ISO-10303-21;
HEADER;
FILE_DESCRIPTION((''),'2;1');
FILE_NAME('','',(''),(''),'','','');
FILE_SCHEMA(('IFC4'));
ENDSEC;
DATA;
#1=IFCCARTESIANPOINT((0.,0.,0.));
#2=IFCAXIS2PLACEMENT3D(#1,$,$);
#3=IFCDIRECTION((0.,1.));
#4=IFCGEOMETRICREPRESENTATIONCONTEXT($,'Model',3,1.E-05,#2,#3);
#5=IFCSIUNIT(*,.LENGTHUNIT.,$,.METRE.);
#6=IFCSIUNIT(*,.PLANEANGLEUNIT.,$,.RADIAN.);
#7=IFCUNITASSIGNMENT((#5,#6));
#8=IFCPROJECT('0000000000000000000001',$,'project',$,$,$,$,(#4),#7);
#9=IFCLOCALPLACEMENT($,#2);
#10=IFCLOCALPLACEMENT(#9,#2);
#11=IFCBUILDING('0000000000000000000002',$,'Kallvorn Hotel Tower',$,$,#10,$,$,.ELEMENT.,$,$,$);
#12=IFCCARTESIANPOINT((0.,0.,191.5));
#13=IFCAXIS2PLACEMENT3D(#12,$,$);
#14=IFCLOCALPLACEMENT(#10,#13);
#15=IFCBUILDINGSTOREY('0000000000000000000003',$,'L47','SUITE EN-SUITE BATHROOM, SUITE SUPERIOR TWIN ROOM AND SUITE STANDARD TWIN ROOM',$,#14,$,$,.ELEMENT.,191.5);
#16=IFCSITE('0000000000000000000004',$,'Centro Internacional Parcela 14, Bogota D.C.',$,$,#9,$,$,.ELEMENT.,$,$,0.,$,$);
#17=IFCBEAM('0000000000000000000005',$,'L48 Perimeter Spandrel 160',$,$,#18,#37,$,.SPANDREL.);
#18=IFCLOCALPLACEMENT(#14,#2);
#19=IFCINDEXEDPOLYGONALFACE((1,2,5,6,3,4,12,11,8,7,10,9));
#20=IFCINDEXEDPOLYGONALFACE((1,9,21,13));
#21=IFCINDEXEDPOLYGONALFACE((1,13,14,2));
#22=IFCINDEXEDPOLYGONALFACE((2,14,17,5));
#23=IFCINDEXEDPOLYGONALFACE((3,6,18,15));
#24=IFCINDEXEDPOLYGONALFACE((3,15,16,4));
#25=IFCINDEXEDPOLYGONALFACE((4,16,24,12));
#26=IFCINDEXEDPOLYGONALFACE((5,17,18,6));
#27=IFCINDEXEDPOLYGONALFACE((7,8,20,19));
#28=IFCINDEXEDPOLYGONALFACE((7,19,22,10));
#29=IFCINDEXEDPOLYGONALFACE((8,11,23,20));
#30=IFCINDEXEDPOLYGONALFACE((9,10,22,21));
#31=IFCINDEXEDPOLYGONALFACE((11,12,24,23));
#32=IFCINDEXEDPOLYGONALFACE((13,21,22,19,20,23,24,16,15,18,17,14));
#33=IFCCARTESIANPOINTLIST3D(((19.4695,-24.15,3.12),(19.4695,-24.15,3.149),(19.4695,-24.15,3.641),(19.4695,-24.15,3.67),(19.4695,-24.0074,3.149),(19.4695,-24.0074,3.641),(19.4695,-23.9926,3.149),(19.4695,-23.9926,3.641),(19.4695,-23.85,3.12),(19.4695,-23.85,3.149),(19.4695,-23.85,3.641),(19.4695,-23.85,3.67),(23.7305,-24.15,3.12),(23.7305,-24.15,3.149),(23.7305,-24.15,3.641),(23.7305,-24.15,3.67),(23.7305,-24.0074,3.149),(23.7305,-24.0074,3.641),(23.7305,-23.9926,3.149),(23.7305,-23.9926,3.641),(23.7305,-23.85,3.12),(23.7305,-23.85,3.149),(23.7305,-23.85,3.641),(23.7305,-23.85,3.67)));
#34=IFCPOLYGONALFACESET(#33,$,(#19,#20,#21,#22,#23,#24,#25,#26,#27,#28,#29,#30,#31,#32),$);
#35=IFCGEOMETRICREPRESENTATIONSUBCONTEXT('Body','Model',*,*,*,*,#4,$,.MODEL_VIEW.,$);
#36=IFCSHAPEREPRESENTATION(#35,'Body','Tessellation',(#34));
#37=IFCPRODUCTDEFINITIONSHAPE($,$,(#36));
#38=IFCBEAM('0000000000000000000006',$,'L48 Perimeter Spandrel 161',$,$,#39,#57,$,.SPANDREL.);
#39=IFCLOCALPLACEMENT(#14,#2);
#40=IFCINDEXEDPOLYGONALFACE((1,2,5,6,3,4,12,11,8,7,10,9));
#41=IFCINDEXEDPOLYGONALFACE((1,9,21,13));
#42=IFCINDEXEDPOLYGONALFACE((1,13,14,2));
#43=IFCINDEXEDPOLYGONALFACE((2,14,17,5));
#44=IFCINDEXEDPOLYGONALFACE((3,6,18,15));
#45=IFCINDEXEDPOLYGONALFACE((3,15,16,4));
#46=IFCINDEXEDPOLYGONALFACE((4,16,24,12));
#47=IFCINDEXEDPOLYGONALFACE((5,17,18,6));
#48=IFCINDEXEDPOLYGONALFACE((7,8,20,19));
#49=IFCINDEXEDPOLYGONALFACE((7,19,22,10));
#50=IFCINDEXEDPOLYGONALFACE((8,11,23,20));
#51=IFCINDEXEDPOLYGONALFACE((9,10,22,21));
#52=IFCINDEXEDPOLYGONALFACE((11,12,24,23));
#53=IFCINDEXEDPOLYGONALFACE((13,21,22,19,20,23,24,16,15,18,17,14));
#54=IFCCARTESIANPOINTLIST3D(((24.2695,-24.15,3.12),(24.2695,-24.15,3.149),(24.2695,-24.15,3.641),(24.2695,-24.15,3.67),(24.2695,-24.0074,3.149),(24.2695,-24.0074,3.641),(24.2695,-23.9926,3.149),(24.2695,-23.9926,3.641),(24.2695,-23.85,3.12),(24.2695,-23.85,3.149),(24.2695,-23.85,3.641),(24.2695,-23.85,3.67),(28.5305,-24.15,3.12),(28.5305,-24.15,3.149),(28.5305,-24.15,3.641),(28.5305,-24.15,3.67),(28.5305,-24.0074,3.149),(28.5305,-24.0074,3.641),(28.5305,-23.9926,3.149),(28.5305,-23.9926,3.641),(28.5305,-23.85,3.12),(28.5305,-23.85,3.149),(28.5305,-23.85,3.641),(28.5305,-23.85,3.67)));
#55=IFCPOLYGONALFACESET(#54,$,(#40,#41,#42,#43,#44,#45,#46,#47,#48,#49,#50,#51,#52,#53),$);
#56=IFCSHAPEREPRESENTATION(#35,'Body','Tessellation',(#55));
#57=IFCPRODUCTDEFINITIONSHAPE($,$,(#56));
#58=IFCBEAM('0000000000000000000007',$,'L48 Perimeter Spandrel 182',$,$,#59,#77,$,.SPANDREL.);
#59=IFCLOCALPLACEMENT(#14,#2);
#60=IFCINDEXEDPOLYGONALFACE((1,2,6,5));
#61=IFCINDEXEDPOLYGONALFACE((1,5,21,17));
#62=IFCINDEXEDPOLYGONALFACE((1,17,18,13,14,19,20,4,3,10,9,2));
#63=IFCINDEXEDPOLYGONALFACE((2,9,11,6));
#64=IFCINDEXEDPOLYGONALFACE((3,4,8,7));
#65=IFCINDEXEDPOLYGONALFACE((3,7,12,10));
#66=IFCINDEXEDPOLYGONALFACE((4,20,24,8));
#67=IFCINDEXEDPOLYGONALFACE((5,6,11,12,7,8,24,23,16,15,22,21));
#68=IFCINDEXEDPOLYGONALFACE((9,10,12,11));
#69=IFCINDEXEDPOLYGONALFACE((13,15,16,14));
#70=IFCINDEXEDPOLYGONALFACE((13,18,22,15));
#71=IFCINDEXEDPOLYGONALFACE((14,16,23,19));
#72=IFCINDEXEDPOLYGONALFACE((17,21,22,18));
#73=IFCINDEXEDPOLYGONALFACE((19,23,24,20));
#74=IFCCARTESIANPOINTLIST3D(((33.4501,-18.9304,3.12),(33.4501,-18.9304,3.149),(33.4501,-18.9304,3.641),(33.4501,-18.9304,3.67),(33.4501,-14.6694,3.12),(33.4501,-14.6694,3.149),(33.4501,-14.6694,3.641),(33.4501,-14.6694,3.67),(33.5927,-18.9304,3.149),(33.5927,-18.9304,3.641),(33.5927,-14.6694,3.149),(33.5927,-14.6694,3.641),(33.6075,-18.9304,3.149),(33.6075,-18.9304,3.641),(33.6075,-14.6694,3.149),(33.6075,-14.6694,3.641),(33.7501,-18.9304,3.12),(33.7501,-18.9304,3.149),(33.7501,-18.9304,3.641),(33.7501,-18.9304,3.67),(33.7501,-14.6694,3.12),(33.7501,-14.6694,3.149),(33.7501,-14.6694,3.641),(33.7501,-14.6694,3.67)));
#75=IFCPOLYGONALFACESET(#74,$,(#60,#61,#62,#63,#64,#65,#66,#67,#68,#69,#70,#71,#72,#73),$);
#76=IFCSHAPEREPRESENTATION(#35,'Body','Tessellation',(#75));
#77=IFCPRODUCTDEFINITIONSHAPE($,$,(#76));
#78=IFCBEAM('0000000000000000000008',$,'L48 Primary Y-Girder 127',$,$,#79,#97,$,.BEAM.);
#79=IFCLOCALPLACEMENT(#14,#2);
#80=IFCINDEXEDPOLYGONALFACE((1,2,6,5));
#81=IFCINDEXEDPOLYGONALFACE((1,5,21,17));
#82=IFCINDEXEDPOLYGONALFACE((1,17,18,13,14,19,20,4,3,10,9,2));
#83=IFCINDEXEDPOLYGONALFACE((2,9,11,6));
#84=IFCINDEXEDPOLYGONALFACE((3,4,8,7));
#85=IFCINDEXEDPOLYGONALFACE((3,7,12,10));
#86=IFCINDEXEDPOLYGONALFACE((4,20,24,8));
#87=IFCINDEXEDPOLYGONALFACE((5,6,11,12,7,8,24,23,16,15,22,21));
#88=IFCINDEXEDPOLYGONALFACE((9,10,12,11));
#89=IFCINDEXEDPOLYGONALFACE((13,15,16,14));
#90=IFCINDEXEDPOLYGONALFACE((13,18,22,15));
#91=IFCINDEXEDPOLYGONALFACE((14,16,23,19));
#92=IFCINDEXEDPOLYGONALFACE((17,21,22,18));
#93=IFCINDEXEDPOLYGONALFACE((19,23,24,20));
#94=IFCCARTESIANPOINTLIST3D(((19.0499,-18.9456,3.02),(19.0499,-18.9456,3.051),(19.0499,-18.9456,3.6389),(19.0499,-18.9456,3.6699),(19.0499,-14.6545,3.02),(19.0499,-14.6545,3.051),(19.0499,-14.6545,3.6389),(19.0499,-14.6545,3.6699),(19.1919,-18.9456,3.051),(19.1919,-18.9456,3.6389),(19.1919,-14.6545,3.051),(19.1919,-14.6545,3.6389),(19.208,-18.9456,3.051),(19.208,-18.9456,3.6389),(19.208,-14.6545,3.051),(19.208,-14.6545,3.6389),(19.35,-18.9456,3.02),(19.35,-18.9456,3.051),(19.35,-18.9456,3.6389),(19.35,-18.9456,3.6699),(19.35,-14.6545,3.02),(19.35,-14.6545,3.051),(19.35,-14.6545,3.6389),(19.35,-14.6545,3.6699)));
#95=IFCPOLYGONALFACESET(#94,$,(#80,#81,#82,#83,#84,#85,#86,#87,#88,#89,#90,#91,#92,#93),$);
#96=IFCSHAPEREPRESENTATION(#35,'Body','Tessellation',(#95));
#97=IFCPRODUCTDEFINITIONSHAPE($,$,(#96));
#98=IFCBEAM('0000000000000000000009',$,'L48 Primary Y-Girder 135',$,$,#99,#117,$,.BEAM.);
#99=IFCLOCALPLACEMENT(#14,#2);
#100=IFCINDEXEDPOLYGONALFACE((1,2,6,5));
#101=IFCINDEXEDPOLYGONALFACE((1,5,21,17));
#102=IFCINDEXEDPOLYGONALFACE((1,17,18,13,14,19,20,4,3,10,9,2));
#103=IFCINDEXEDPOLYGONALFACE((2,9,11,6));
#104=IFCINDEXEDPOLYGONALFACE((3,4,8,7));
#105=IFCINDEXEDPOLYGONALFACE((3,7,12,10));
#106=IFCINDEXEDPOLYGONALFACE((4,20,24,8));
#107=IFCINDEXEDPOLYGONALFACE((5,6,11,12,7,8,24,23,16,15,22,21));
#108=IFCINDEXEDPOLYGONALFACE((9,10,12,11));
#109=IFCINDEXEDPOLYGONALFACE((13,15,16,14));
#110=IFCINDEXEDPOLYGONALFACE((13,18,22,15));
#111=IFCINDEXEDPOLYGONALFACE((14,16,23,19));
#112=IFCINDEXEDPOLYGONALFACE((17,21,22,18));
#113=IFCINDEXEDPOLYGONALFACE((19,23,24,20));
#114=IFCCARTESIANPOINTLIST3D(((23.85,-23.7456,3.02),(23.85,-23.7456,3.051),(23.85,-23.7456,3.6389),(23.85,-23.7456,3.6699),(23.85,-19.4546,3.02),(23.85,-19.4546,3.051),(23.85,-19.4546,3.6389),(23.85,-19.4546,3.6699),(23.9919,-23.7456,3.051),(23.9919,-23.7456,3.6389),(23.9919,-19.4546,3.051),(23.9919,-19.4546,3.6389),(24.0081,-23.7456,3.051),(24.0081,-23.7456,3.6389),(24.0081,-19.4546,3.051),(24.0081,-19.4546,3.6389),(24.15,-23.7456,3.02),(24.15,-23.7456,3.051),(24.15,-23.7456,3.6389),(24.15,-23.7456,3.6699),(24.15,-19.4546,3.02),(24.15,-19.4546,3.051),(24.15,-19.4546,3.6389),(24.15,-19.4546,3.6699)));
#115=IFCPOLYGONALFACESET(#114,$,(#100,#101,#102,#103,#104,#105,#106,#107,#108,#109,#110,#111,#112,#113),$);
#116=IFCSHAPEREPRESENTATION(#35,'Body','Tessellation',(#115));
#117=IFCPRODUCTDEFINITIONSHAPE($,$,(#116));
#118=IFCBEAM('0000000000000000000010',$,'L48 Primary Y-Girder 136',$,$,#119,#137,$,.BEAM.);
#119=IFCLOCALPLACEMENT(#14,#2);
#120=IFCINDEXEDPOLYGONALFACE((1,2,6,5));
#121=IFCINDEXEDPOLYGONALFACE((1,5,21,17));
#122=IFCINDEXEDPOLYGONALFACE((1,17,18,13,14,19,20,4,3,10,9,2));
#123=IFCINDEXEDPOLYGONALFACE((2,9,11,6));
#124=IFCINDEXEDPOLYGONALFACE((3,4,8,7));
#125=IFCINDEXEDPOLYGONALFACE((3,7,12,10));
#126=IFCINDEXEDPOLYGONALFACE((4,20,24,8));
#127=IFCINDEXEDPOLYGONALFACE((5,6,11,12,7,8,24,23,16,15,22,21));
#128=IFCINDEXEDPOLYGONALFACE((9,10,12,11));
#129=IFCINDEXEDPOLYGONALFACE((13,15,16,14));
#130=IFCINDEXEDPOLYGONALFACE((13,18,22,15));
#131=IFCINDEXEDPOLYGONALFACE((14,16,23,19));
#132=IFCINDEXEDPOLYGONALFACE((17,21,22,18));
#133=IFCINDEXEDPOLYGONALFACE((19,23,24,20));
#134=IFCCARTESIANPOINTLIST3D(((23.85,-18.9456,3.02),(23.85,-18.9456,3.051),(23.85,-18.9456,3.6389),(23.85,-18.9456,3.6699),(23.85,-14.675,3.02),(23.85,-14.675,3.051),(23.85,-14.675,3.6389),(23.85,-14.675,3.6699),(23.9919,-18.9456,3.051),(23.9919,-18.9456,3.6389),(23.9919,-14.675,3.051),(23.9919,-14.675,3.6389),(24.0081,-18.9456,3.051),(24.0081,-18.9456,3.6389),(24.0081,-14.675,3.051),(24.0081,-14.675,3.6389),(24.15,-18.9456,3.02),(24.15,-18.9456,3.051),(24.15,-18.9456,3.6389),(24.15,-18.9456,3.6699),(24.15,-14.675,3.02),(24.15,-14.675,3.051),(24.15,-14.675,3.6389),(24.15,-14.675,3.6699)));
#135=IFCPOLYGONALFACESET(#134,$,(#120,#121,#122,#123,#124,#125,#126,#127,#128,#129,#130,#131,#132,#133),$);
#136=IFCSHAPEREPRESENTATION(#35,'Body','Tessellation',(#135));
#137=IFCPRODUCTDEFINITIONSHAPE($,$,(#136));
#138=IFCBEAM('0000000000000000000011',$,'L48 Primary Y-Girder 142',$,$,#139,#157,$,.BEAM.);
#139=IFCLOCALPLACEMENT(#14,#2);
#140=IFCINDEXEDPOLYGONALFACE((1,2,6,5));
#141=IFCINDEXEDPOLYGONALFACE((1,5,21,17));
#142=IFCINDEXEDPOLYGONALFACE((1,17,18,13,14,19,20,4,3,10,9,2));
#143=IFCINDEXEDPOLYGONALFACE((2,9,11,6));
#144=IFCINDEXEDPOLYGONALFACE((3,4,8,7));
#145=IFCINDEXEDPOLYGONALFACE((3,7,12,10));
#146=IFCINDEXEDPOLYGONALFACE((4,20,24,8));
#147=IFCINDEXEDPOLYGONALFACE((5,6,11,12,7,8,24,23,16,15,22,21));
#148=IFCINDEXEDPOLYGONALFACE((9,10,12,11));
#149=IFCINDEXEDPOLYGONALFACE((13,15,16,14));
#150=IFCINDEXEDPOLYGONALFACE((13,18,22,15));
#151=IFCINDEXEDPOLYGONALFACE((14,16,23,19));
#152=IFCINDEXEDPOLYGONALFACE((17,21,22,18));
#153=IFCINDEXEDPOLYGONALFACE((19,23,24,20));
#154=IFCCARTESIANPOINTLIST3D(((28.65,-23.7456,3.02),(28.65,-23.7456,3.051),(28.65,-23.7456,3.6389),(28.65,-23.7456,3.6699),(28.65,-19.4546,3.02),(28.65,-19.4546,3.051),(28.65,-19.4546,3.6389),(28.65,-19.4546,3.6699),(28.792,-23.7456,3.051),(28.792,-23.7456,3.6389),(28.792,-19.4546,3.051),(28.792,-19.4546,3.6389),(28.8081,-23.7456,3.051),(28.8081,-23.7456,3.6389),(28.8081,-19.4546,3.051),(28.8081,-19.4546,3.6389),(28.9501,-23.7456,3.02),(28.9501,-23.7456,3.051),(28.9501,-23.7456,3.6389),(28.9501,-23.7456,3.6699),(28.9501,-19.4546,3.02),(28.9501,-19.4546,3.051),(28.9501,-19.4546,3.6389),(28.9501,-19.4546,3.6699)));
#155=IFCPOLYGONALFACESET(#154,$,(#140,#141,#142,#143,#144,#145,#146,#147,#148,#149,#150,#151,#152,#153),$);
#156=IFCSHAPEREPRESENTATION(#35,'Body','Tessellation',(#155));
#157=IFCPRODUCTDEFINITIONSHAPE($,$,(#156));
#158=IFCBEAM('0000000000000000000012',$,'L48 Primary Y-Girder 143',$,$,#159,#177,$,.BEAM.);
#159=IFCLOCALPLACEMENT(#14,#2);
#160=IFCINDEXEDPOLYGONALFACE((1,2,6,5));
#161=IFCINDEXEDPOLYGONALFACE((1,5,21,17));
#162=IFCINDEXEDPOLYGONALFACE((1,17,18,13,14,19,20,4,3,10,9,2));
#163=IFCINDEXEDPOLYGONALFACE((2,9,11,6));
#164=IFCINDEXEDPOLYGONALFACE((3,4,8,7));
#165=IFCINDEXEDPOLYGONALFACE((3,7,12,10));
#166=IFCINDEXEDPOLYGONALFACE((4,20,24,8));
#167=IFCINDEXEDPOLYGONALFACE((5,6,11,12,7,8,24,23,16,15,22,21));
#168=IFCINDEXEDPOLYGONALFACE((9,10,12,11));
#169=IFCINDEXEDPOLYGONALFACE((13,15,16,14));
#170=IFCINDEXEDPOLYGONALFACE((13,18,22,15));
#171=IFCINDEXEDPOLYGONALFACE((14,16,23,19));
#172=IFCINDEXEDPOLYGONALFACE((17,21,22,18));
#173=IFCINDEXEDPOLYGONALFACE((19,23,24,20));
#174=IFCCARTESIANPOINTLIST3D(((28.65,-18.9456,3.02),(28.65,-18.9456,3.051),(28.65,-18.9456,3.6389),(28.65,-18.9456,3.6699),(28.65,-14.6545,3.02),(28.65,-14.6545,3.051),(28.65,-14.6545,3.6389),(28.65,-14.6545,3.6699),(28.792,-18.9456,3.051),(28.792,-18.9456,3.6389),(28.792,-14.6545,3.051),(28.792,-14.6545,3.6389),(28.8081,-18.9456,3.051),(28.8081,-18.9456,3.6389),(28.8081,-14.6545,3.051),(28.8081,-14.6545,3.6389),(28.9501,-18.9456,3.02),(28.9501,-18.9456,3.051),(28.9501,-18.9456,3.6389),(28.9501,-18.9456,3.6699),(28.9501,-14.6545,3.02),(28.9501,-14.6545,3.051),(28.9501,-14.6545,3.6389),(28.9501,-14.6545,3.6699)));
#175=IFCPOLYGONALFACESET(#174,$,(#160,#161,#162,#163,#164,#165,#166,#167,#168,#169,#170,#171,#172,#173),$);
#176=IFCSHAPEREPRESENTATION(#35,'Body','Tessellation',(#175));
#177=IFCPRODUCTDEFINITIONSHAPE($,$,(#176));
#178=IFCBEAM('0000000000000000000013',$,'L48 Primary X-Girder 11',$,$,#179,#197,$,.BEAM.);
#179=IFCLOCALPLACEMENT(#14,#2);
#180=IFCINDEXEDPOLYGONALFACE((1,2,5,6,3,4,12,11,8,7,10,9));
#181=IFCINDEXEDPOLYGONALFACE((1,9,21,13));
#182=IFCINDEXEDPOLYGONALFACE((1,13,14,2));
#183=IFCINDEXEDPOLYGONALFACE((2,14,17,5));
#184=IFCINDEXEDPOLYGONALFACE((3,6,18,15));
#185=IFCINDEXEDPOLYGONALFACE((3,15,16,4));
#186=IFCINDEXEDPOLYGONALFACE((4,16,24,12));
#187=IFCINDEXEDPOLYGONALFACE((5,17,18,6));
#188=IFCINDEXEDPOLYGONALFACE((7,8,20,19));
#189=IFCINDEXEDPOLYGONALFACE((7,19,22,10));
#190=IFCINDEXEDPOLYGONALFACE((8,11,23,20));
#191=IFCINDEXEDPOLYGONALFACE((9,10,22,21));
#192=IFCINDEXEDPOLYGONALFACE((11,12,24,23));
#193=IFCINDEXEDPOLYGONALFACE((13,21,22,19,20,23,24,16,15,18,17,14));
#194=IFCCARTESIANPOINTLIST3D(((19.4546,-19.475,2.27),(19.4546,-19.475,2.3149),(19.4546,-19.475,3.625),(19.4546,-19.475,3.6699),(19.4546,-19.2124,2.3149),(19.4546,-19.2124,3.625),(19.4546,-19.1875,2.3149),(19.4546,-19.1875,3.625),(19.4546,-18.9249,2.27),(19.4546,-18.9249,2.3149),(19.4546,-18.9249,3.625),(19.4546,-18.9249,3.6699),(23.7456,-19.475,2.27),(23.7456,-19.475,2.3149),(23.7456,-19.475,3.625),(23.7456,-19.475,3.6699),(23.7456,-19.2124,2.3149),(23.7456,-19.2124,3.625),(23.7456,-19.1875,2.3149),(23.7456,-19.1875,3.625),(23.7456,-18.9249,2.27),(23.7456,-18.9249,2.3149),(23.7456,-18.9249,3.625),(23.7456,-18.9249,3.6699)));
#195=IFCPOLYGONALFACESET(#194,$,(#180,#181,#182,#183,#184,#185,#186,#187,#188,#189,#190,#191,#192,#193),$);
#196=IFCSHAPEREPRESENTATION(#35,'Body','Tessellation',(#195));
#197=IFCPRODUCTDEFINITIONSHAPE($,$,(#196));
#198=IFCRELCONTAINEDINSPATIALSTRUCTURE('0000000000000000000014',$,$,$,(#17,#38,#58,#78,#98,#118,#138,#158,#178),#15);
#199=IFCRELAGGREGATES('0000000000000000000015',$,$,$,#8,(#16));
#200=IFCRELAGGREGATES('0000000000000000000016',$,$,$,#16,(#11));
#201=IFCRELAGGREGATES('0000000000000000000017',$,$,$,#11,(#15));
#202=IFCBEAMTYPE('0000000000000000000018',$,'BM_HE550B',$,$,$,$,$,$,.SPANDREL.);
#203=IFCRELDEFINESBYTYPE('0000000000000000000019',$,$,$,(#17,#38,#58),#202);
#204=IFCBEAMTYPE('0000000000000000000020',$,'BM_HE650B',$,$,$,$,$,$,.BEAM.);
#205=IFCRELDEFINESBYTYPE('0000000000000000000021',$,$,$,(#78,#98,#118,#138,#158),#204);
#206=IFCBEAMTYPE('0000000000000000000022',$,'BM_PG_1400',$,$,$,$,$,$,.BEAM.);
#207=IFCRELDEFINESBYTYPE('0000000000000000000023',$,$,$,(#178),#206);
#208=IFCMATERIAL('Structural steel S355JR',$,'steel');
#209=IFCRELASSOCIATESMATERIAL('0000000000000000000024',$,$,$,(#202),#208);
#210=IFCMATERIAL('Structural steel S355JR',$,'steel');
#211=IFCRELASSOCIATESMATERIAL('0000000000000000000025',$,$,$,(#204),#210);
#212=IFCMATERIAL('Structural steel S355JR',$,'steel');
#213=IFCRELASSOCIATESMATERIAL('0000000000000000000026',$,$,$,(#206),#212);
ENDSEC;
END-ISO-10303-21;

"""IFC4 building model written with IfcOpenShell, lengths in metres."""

from ifc_helpers import new_model, si_unit, direction, frame, origin, origin_2d, place, context, subcontext, project, spatial, i_section, extrude, material, material_profile, profile_set, type_object, element, save


model = new_model("IFC4")

# Units and contexts
model_context = context("Model", 3, precision=1e-05, world=origin(), true_north=direction((0.0, 1.0)))
body_context = subcontext(model_context, "Body", "Model", "MODEL_VIEW")
ifc_project = project(units=[si_unit("LENGTHUNIT", "METRE"), si_unit("PLANEANGLEUNIT", "RADIAN")], contexts=[model_context])

# Site, building, storey
site_placement = place(None, origin())
site = spatial("IfcSite", under=ifc_project, at=site_placement, Name="Centro Internacional Parcela 14, Bogota D.C.", CompositionType="ELEMENT", RefElevation=0.0)
building_placement = place(site_placement, origin())
building = spatial("IfcBuilding", under=site, at=building_placement, Name="Kallvorn Hotel Tower", CompositionType="ELEMENT")
storey_placement = place(building_placement, frame((0.0, 0.0, 191.5)))
storey = spatial("IfcBuildingStorey", under=building, at=storey_placement, Name="L47", Description="SUITE EN-SUITE BATHROOM, SUITE SUPERIOR TWIN ROOM AND SUITE STANDARD TWIN ROOM", CompositionType="ELEMENT", Elevation=191.5)

# Beams
ifc_material_1 = material(Name="Structural steel S355JR", Category="steel")
ifc_material_profile_1 = material_profile(ifc_material_1, i_section(OverallWidth=0.3, OverallDepth=0.55, WebThickness=0.0149, FlangeThickness=0.0291, at=origin_2d()), Name="HE 550 B")
ifc_profile_set_1 = profile_set([ifc_material_profile_1], Name="Structural steel S355JR")
beam_type_1 = type_object("IfcBeamType", Name="BM_HE550B", PredefinedType="SPANDREL", material=ifc_profile_set_1)
for number, where, z_axis, x_axis, name in (
    (1, (19.4695, -24.0, 3.395), (1.0, 0.0, 0.0), (0.0, 1.0, 0.0), "L48 Perimeter Spandrel 160"),
    (2, (24.2695, -24.0, 3.395), (1.0, 0.0, 0.0), (0.0, 1.0, 0.0), "L48 Perimeter Spandrel 161"),
    (3, (33.6001, -18.9304, 3.395), (0.0, 1.0, 0.0), (-1.0, 0.0, 0.0), "L48 Perimeter Spandrel 182"),
):
    element("IfcBeam", number, at=place(storey_placement, frame(where, z_axis=z_axis, x_axis=x_axis)), inside=storey, type_object=beam_type_1, Name=name, PredefinedType="SPANDREL", context=body_context, shape_type="SweptSolid", body=[
        extrude(i_section(OverallWidth=0.3, OverallDepth=0.55, WebThickness=0.0149, FlangeThickness=0.0291, at=origin_2d()), origin(), (0.0, 0.0, 1.0), 4.261),
    ])
ifc_material_2 = material(Name="Structural steel S355JR", Category="steel")
ifc_material_profile_2 = material_profile(ifc_material_2, i_section(OverallWidth=0.3, OverallDepth=0.6499, WebThickness=0.0161, FlangeThickness=0.031, at=origin_2d()), Name="HE 650 B")
ifc_profile_set_2 = profile_set([ifc_material_profile_2], Name="Structural steel S355JR")
beam_type_2 = type_object("IfcBeamType", Name="BM_HE650B", PredefinedType="BEAM", material=ifc_profile_set_2)
for number, where, z_axis, x_axis, name in (
    (4, (19.2, -18.9456, 3.345), (0.0, 1.0, 0.0), (-1.0, 0.0, 0.0), "L48 Primary Y-Girder 127"),
    (5, (24.0, -23.7456, 3.345), (0.0, 1.0, 0.0), (-1.0, 0.0, 0.0), "L48 Primary Y-Girder 135"),
):
    element("IfcBeam", number, at=place(storey_placement, frame(where, z_axis=z_axis, x_axis=x_axis)), inside=storey, type_object=beam_type_2, Name=name, PredefinedType="BEAM", context=body_context, shape_type="SweptSolid", body=[
        extrude(i_section(OverallWidth=0.3, OverallDepth=0.6499, WebThickness=0.0161, FlangeThickness=0.031, at=origin_2d()), origin(), (0.0, 0.0, 1.0), 4.291),
    ])
beam_1_placement = place(storey_placement, frame((24.0, -18.9456, 3.345), z_axis=(0.0, 1.0, 0.0), x_axis=(-1.0, 0.0, 0.0)))
element("IfcBeam", 6, at=beam_1_placement, inside=storey, type_object=beam_type_2, Name="L48 Primary Y-Girder 136", PredefinedType="BEAM", context=body_context, shape_type="SweptSolid", body=[
    extrude(i_section(OverallWidth=0.3, OverallDepth=0.6499, WebThickness=0.0161, FlangeThickness=0.031, at=origin_2d()), origin(), (0.0, 0.0, 1.0), 4.2705),
])
for number, where, z_axis, x_axis, name in (
    (7, (28.8, -23.7456, 3.345), (0.0, 1.0, 0.0), (-1.0, 0.0, 0.0), "L48 Primary Y-Girder 142"),
    (8, (28.8, -18.9456, 3.345), (0.0, 1.0, 0.0), (-1.0, 0.0, 0.0), "L48 Primary Y-Girder 143"),
):
    element("IfcBeam", number, at=place(storey_placement, frame(where, z_axis=z_axis, x_axis=x_axis)), inside=storey, type_object=beam_type_2, Name=name, PredefinedType="BEAM", context=body_context, shape_type="SweptSolid", body=[
        extrude(i_section(OverallWidth=0.3, OverallDepth=0.6499, WebThickness=0.0161, FlangeThickness=0.031, at=origin_2d()), origin(), (0.0, 0.0, 1.0), 4.291),
    ])
ifc_material_3 = material(Name="Structural steel S355JR", Category="steel")
ifc_material_profile_3 = material_profile(ifc_material_3, i_section(OverallWidth=0.55, OverallDepth=1.3999, WebThickness=0.0249, FlangeThickness=0.0449, at=origin_2d()), Name="PG 1400x550x25x45")
ifc_profile_set_3 = profile_set([ifc_material_profile_3], Name="Structural steel S355JR")
beam_type_3 = type_object("IfcBeamType", Name="BM_PG_1400", PredefinedType="BEAM", material=ifc_profile_set_3)
for number, where, z_axis, x_axis, name in (
    (9, (19.4546, -19.2, 2.97), (1.0, 0.0, 0.0), (0.0, 1.0, 0.0), "L48 Primary X-Girder 11"),
):
    element("IfcBeam", number, at=place(storey_placement, frame(where, z_axis=z_axis, x_axis=x_axis)), inside=storey, type_object=beam_type_3, Name=name, PredefinedType="BEAM", context=body_context, shape_type="SweptSolid", body=[
        extrude(i_section(OverallWidth=0.55, OverallDepth=1.3999, WebThickness=0.0249, FlangeThickness=0.0449, at=origin_2d()), origin(), (0.0, 0.0, 1.0), 4.291),
    ])

save(model, "model.ifc")
